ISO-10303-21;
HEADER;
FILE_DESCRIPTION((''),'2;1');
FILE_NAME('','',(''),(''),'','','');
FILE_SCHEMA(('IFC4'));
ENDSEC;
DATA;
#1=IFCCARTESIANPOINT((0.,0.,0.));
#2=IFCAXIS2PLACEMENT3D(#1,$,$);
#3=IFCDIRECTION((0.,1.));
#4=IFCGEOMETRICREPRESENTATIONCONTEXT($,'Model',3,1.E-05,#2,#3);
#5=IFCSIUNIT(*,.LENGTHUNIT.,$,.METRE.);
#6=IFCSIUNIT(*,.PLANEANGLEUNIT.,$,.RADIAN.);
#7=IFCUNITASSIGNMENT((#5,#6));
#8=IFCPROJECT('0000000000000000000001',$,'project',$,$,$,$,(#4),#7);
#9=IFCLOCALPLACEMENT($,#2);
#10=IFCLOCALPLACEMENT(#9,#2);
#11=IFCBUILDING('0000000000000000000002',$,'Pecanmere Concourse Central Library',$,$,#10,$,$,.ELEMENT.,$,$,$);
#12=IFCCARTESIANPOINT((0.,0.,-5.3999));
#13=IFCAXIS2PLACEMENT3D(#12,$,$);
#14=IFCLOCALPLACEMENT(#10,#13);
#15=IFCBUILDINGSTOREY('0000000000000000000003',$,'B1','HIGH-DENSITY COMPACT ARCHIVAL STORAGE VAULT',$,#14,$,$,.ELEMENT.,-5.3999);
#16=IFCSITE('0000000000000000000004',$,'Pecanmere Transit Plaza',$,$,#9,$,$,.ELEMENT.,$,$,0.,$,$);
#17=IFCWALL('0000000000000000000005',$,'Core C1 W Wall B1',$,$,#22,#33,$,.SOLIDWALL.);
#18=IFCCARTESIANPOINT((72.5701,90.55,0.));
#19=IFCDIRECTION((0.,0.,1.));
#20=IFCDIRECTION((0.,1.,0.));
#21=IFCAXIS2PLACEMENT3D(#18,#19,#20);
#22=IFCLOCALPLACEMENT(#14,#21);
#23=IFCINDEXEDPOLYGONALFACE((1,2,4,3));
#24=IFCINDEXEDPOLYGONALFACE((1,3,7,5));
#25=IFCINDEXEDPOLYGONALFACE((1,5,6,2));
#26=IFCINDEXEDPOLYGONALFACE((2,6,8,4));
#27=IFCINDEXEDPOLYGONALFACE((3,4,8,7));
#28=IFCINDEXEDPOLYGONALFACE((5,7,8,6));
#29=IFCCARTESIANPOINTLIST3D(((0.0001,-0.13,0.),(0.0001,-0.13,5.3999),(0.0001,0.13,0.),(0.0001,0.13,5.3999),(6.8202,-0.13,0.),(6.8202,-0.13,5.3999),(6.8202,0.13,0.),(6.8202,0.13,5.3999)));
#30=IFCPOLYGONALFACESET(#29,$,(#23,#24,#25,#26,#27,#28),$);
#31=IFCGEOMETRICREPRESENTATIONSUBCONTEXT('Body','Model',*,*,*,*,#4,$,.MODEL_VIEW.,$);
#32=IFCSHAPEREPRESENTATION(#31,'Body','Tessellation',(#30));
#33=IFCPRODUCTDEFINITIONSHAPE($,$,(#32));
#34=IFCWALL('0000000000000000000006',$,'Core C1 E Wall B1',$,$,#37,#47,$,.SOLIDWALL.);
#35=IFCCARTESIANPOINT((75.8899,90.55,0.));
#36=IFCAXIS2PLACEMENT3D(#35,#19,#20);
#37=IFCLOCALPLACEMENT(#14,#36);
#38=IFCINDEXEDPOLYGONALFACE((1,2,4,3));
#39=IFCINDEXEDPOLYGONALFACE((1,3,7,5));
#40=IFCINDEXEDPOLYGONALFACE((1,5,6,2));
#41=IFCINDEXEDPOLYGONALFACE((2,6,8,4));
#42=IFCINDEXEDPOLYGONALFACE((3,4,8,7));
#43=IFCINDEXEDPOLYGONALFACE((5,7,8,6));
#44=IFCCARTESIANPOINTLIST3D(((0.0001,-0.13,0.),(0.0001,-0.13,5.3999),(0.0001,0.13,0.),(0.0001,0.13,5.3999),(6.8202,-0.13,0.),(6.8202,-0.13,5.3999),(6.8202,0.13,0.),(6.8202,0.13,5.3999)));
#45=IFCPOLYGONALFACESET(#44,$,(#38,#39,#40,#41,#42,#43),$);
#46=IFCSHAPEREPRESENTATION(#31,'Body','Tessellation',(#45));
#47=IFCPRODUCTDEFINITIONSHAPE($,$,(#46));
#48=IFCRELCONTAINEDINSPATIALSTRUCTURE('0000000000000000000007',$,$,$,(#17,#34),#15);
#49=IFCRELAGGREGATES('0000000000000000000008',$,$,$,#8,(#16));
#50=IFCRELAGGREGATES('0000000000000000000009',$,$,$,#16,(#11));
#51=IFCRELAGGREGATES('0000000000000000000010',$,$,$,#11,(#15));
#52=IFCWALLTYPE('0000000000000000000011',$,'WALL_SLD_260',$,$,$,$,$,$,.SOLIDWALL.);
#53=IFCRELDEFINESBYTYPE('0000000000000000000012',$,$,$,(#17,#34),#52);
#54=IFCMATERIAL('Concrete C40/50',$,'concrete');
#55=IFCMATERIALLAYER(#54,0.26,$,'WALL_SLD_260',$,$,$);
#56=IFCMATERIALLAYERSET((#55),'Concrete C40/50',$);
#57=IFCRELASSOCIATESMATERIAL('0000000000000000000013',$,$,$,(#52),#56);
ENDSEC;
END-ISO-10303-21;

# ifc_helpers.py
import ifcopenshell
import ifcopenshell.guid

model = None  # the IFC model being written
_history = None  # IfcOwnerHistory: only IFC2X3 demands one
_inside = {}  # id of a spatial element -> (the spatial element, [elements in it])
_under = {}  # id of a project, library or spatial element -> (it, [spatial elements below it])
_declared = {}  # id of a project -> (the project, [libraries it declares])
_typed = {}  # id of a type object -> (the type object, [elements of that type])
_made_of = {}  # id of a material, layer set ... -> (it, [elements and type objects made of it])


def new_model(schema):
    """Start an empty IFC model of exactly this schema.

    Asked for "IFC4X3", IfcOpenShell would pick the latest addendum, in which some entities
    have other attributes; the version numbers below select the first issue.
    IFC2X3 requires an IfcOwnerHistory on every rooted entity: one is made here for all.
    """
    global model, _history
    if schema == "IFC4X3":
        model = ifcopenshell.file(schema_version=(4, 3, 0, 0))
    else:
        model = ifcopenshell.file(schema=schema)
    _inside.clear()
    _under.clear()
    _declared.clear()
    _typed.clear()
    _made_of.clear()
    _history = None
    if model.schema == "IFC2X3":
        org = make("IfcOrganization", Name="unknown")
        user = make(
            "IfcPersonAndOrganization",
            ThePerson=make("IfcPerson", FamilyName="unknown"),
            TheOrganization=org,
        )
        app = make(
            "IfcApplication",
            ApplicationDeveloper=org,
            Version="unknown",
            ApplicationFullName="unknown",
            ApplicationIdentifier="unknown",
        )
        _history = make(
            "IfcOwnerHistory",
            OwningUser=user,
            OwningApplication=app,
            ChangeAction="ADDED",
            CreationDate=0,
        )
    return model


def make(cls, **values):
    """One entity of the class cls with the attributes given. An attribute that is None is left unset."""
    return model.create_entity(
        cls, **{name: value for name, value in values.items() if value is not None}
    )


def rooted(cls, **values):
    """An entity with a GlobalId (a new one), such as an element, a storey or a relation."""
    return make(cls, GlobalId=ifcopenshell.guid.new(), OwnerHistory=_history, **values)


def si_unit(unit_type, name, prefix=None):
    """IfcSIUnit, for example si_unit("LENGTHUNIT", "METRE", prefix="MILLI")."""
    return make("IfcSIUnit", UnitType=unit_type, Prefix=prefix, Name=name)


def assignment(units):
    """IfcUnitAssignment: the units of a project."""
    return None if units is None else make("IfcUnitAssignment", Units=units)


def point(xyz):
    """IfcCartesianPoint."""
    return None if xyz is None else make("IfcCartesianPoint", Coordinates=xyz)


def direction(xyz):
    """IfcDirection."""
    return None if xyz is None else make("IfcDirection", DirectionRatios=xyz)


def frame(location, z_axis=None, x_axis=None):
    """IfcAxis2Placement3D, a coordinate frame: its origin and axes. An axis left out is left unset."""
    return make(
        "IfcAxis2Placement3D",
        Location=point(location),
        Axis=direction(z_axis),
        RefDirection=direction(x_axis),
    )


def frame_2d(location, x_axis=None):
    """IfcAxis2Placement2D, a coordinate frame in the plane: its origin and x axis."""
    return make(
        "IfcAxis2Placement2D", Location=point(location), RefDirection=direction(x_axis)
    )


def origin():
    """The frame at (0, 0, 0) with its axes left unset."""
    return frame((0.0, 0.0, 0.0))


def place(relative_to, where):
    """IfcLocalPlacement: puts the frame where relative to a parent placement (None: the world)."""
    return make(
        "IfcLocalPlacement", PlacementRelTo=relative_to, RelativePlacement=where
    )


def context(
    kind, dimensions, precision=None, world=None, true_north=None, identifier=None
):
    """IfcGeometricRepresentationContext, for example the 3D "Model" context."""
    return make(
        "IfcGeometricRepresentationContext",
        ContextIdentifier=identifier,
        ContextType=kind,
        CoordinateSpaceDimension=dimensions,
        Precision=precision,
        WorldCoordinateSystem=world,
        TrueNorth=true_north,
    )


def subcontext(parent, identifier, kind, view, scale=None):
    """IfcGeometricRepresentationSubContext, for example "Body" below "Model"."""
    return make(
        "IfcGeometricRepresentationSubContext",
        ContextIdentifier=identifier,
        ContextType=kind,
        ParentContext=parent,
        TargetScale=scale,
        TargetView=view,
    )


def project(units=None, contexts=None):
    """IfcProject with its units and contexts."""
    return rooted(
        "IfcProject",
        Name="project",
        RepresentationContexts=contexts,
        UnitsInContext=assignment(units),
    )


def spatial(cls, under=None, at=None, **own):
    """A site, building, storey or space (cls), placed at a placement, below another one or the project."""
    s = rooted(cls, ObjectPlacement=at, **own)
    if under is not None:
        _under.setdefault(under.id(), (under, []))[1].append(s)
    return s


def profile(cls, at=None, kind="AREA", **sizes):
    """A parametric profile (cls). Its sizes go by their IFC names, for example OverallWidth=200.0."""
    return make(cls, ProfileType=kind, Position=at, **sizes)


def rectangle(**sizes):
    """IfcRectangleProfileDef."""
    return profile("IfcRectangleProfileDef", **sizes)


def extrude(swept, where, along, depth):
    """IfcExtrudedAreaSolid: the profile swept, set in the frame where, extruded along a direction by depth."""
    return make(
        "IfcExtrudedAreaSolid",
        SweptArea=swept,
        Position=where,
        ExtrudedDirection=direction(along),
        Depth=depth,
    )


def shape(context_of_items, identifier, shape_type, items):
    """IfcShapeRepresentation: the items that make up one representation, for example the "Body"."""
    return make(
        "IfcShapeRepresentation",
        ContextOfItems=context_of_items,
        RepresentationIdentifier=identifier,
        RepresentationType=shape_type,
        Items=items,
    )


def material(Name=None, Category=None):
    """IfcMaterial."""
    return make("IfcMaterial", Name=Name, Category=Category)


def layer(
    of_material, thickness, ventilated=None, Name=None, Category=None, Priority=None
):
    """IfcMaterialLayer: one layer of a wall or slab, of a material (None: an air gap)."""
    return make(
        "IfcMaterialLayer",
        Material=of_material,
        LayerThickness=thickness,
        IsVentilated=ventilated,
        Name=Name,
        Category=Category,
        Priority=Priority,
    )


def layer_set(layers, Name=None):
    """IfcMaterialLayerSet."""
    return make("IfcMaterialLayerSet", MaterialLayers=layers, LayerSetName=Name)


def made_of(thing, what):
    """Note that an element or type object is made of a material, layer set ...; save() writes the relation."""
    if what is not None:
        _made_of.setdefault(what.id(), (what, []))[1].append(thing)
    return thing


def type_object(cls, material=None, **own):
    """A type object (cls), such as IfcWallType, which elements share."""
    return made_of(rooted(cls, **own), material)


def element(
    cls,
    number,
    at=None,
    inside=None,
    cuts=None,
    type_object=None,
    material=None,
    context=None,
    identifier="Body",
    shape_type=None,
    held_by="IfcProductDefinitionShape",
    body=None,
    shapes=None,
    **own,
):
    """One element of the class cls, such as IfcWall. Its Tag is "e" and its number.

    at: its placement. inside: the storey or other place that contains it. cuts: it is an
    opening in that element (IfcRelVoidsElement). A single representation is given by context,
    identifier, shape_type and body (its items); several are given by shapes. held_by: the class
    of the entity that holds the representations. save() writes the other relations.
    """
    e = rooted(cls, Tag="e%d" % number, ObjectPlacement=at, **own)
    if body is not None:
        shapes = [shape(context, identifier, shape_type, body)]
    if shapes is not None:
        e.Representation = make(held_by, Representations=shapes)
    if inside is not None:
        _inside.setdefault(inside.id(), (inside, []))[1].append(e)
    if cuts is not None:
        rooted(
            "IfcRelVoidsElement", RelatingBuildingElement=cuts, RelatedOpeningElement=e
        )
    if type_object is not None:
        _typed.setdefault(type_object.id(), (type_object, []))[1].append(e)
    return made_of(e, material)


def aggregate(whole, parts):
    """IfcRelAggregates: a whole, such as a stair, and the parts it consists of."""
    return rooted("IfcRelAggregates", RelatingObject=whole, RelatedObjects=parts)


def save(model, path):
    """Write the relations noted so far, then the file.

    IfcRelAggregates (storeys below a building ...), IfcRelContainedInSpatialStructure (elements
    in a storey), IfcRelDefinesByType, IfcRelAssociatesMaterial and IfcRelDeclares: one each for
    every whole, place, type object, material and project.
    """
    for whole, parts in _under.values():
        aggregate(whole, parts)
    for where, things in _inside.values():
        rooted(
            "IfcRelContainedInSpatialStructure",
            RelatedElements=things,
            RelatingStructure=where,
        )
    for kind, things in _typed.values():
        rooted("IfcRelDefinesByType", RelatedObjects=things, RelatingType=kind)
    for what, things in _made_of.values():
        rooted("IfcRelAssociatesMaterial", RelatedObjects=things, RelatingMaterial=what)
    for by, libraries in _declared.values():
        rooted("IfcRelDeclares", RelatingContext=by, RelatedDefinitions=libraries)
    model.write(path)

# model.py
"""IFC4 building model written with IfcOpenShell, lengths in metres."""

from ifc_helpers import new_model, si_unit, direction, frame, frame_2d, origin, place, context, subcontext, project, spatial, rectangle, extrude, material, layer, layer_set, type_object, element, save


model = new_model("IFC4")

# Units and contexts
model_context = context("Model", 3, precision=1e-05, world=origin(), true_north=direction((0.0, 1.0)))
body_context = subcontext(model_context, "Body", "Model", "MODEL_VIEW")
ifc_project = project(units=[si_unit("LENGTHUNIT", "METRE"), si_unit("PLANEANGLEUNIT", "RADIAN")], contexts=[model_context])

# Site, building, storey
site_placement = place(None, origin())
site = spatial("IfcSite", under=ifc_project, at=site_placement, Name="Pecanmere Transit Plaza", CompositionType="ELEMENT", RefElevation=0.0)
building_placement = place(site_placement, origin())
building = spatial("IfcBuilding", under=site, at=building_placement, Name="Pecanmere Concourse Central Library", CompositionType="ELEMENT")
storey_placement = place(building_placement, frame((0.0, 0.0, -5.3999)))
storey = spatial("IfcBuildingStorey", under=building, at=storey_placement, Name="B1", Description="HIGH-DENSITY COMPACT ARCHIVAL STORAGE VAULT", CompositionType="ELEMENT", Elevation=-5.3999)

# Walls
ifc_material_1 = material(Name="Concrete C40/50", Category="concrete")
ifc_layer_1 = layer(ifc_material_1, 0.26, Name="WALL_SLD_260")
ifc_layer_set_1 = layer_set([ifc_layer_1], Name="Concrete C40/50")
wall_type_1 = type_object("IfcWallType", Name="WALL_SLD_260", PredefinedType="SOLIDWALL", material=ifc_layer_set_1)
for number, where, z_axis, x_axis, name in (
    (1, (72.5701, 90.55, 0.0), (0.0, 0.0, 1.0), (0.0, 1.0, 0.0), "Core C1 W Wall B1"),
    (2, (75.8899, 90.55, 0.0), (0.0, 0.0, 1.0), (0.0, 1.0, 0.0), "Core C1 E Wall B1"),
):
    element("IfcWall", number, at=place(storey_placement, frame(where, z_axis=z_axis, x_axis=x_axis)), inside=storey, type_object=wall_type_1, Name=name, PredefinedType="SOLIDWALL", context=body_context, shape_type="SweptSolid", body=[
        extrude(rectangle(XDim=6.8201, YDim=0.26, at=frame_2d((3.4102, 0.0))), origin(), (0.0, 0.0, 1.0), 5.3999),
    ])

save(model, "model.ifc")
